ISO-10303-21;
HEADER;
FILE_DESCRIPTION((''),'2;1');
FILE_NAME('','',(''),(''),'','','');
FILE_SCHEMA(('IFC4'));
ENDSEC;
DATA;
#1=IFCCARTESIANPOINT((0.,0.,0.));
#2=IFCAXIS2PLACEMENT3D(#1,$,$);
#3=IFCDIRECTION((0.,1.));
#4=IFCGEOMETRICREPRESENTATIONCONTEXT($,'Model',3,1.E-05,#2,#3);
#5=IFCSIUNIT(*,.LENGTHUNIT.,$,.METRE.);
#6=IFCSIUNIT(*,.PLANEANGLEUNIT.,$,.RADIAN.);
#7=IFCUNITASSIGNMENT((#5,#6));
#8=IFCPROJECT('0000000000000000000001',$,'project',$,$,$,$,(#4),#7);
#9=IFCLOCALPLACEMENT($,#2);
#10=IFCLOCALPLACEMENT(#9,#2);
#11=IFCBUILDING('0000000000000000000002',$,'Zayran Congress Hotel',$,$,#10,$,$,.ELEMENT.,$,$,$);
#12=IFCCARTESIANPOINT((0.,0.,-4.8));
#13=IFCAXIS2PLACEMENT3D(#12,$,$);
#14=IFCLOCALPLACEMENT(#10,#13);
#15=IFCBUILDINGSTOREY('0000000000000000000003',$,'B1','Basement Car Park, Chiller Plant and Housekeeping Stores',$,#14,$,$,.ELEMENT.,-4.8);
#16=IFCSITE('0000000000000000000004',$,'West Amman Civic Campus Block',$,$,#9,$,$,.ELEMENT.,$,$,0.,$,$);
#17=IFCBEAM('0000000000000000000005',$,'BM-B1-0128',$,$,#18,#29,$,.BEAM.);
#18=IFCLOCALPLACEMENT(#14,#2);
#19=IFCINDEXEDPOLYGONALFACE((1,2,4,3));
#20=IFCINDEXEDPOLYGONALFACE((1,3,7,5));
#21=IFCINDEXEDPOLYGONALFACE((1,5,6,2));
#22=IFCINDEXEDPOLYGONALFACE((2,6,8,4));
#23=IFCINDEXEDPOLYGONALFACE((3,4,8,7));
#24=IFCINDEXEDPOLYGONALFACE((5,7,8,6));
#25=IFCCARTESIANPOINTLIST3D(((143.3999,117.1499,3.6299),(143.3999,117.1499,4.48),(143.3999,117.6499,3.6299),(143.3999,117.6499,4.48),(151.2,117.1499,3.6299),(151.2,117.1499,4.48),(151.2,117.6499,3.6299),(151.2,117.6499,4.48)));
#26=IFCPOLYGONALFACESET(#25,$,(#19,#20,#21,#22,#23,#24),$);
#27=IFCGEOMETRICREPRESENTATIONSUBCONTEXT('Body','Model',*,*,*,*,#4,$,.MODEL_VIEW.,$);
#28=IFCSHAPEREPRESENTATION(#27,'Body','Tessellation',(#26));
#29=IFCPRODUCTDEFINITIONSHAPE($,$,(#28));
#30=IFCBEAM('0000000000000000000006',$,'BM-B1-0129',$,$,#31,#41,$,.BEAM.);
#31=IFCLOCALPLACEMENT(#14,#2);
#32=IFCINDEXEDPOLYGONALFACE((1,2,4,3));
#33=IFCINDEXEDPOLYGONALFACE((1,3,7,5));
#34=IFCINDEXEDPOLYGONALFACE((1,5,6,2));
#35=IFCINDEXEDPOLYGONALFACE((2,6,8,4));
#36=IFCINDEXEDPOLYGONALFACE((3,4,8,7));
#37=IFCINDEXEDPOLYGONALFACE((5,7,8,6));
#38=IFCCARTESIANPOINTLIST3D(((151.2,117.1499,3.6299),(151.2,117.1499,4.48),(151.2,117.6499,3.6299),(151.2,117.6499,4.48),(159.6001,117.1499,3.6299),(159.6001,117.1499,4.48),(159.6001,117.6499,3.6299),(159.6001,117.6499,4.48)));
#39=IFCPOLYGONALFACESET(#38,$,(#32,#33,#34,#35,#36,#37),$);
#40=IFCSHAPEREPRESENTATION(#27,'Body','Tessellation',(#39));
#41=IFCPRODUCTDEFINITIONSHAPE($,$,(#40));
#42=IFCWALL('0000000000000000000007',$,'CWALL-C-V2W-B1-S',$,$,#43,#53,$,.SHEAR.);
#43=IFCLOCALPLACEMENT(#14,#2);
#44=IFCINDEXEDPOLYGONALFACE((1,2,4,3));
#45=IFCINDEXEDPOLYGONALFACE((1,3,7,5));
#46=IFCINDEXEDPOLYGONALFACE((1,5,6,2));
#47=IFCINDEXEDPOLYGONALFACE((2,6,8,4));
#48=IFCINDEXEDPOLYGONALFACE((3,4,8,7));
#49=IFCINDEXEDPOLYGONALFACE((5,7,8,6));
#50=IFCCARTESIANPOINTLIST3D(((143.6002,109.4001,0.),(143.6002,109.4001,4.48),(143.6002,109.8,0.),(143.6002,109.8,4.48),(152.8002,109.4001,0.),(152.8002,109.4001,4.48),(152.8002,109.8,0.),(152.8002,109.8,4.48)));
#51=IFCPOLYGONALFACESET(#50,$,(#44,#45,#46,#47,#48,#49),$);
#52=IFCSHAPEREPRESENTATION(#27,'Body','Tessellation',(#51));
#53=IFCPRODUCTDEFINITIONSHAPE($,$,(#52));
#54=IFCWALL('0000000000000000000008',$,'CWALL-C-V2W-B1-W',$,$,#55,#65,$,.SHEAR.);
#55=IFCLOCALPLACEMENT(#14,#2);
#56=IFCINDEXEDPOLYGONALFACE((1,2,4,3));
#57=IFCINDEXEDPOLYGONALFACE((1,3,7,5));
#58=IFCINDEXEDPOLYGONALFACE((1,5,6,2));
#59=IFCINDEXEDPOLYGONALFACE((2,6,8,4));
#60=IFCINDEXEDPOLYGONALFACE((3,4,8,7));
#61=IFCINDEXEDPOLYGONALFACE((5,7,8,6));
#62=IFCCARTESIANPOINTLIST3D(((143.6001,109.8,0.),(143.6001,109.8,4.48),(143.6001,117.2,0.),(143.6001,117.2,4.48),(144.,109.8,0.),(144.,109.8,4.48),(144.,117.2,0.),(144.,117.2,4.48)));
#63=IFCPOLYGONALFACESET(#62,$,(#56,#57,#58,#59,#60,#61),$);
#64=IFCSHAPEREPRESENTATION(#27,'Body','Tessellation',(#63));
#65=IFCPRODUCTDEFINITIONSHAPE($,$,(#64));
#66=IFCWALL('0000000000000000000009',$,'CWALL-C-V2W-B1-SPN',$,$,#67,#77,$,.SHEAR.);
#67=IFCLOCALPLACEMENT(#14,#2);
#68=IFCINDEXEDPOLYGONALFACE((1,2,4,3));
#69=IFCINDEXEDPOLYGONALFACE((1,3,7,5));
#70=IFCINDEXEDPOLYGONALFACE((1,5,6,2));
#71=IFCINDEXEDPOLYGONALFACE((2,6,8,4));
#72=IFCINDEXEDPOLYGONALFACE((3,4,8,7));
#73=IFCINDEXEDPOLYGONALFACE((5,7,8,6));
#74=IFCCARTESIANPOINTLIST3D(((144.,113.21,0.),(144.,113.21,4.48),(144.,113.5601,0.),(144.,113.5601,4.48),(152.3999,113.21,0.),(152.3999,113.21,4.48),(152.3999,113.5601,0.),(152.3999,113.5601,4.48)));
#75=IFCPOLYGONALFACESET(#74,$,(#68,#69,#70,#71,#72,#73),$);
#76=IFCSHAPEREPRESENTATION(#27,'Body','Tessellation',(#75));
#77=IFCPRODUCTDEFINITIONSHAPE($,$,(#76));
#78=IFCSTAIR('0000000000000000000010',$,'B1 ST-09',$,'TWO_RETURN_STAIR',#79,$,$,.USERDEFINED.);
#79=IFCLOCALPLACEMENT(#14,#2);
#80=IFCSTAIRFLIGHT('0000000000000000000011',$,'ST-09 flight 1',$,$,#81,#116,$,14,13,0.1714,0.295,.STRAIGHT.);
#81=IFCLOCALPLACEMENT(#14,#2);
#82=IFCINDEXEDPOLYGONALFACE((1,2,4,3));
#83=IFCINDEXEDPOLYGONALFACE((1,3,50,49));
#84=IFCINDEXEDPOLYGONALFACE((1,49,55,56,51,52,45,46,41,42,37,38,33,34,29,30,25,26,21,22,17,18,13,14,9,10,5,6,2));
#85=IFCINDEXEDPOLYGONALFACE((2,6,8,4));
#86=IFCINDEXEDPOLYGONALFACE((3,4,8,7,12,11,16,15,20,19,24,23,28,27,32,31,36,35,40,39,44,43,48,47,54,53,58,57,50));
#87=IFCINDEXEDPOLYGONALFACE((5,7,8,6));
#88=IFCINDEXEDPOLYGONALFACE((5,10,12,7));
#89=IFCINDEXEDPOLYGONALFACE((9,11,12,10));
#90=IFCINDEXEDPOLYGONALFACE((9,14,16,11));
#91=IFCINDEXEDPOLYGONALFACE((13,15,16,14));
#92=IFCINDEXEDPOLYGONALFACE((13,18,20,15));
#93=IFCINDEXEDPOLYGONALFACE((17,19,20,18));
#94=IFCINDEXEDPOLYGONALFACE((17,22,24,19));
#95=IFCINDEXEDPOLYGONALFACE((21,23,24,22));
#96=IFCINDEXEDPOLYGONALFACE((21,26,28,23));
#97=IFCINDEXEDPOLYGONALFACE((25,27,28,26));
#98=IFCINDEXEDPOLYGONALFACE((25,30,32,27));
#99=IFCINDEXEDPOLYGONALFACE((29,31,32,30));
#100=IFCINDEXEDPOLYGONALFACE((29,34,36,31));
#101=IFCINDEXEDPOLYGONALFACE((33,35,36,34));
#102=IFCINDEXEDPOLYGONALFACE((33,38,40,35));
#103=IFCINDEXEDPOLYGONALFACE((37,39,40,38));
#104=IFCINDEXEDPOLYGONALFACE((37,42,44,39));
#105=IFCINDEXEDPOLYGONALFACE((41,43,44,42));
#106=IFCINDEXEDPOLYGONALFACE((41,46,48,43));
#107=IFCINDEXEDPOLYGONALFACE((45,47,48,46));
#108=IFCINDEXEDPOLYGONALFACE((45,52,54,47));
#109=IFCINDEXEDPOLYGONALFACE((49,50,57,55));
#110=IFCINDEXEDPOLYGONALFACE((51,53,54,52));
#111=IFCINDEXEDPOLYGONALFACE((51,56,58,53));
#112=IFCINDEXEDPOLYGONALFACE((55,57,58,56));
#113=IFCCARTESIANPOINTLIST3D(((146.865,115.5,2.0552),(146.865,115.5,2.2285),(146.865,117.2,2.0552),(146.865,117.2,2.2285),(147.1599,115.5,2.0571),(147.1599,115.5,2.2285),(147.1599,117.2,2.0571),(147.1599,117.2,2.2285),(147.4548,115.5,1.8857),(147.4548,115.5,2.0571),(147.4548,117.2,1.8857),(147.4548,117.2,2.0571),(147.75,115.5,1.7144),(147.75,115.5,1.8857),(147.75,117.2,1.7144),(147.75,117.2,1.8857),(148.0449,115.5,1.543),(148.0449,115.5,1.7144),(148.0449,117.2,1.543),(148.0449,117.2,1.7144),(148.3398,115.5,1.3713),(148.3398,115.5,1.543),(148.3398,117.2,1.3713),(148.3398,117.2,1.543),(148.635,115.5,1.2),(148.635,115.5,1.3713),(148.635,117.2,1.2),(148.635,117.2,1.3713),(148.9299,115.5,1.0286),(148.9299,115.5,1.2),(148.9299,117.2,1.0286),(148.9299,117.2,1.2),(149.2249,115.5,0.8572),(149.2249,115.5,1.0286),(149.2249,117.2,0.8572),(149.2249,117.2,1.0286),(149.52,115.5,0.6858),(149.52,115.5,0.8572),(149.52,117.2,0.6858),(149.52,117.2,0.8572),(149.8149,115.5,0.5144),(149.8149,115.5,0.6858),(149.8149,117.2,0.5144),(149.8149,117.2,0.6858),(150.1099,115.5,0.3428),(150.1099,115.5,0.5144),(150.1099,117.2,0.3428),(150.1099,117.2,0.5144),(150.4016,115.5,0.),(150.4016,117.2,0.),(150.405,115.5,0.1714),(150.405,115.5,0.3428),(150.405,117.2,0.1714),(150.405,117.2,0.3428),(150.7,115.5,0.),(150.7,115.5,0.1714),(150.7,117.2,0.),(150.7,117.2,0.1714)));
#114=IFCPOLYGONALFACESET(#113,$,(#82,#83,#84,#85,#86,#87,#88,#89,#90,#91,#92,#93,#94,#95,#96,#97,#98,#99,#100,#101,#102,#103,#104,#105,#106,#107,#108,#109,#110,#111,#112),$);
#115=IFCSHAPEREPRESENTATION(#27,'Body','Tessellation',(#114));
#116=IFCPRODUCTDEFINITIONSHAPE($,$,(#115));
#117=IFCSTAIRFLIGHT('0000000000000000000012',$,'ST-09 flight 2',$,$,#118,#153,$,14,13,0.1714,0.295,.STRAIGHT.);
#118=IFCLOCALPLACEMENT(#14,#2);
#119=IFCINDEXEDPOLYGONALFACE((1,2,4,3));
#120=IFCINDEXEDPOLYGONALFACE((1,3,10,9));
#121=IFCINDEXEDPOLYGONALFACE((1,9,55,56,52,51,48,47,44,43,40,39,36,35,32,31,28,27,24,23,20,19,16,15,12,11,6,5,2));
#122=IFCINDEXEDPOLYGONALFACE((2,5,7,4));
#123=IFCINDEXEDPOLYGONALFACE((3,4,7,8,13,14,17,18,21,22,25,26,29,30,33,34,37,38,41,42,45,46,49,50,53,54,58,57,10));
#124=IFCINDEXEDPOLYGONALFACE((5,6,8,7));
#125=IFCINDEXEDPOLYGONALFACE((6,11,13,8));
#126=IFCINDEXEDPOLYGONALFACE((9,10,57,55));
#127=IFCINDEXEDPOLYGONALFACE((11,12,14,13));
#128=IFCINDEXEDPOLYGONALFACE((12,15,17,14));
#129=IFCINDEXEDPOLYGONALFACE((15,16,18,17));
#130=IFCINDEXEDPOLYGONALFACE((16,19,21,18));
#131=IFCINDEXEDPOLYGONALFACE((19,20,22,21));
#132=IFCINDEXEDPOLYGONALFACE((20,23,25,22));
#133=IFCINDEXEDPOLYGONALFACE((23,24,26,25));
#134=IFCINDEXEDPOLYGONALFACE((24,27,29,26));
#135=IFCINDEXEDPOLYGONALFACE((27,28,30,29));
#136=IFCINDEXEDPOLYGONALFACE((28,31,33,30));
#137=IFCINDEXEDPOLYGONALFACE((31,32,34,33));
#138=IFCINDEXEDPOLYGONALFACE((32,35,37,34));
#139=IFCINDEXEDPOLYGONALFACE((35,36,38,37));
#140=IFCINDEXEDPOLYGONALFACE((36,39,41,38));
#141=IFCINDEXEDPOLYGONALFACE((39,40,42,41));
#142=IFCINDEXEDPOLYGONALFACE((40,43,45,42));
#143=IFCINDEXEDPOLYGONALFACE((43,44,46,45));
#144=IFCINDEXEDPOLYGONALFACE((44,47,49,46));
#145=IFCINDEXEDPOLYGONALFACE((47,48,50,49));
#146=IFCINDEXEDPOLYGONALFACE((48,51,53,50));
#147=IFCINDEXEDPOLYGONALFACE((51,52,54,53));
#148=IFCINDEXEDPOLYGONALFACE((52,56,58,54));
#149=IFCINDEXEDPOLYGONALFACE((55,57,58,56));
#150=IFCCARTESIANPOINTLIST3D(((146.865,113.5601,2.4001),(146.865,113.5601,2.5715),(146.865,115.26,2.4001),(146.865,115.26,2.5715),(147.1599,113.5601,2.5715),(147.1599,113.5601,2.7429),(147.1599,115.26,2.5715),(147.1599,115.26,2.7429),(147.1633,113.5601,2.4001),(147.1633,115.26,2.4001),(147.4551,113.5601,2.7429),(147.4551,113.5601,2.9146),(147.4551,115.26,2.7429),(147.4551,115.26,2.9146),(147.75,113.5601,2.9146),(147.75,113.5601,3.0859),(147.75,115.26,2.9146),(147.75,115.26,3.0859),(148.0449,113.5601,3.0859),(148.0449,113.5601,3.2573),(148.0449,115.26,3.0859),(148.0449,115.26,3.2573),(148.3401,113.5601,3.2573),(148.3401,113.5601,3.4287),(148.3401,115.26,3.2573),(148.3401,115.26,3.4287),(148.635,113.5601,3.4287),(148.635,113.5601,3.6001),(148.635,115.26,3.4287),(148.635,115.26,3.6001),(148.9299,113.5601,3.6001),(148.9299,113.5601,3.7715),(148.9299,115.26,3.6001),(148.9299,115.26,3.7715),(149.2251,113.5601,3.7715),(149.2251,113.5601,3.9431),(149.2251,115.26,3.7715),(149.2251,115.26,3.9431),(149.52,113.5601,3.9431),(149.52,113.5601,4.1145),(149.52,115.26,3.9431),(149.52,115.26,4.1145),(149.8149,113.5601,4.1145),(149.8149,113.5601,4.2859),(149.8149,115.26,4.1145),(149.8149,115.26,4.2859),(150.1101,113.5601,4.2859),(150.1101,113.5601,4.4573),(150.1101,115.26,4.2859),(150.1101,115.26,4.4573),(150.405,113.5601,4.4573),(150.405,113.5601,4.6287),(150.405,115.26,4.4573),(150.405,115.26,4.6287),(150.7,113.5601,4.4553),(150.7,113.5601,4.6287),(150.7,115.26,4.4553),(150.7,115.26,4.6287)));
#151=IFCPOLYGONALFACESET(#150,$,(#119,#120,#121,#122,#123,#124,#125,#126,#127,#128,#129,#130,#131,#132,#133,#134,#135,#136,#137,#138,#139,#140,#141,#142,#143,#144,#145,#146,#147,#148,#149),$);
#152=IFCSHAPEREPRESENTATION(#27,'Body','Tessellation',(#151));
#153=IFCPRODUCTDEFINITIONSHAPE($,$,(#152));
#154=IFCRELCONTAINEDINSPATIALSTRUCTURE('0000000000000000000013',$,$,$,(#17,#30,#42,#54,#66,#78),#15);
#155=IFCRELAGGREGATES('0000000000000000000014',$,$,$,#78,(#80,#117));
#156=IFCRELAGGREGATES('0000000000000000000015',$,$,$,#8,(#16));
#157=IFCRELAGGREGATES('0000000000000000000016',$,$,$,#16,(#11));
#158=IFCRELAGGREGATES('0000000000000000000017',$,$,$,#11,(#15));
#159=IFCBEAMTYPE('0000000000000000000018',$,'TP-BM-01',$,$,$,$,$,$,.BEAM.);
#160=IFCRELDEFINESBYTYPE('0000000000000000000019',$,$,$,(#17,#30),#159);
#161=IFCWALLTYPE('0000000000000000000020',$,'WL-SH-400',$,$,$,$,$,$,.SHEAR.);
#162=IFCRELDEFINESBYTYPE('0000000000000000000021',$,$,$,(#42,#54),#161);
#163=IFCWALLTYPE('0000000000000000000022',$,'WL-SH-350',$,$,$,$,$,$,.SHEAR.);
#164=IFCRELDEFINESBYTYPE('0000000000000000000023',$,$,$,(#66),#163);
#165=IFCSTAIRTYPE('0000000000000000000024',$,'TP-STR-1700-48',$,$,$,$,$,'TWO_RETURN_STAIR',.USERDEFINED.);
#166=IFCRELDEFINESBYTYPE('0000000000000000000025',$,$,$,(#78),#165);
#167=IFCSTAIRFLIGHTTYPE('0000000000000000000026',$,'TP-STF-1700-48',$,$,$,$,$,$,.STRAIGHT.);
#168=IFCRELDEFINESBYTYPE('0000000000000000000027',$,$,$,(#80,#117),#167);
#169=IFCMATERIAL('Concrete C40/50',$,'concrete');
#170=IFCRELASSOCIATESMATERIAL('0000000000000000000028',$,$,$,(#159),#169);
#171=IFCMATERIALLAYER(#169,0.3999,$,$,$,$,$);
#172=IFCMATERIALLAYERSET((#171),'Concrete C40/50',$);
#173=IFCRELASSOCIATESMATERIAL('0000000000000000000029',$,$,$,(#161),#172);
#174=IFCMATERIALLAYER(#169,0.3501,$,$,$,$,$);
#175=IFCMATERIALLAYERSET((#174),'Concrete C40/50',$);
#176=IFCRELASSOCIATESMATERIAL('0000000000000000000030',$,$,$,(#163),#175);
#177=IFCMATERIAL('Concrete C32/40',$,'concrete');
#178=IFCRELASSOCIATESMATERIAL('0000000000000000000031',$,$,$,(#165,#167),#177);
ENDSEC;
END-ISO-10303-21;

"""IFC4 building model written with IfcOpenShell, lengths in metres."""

from ifc_helpers import new_model, si_unit, direction, frame, frame_2d, origin, origin_2d, place, context, subcontext, project, spatial, polyline, rectangle, outline, extrude, material, layer, layer_set, material_profile, profile_set, type_object, element, aggregate, save


model = new_model("IFC4")

# Units and contexts
model_context = context("Model", 3, precision=1e-05, world=origin(), true_north=direction((0.0, 1.0)))
body_context = subcontext(model_context, "Body", "Model", "MODEL_VIEW")
ifc_project = project(units=[si_unit("LENGTHUNIT", "METRE"), si_unit("PLANEANGLEUNIT", "RADIAN")], contexts=[model_context])

# Site, building, storey
site_placement = place(None, origin())
site = spatial("IfcSite", under=ifc_project, at=site_placement, Name="West Amman Civic Campus Block", CompositionType="ELEMENT", RefElevation=0.0)
building_placement = place(site_placement, origin())
building = spatial("IfcBuilding", under=site, at=building_placement, Name="Zayran Congress Hotel", CompositionType="ELEMENT")
storey_placement = place(building_placement, frame((0.0, 0.0, -4.8)))
storey = spatial("IfcBuildingStorey", under=building, at=storey_placement, Name="B1", Description="Basement Car Park, Chiller Plant and Housekeeping Stores", CompositionType="ELEMENT", Elevation=-4.8)

# Shared definitions
ifc_material_1 = material(Name="Concrete C40/50", Category="concrete")

# Beams
ifc_material_profile_1 = material_profile(ifc_material_1, rectangle(XDim=0.5, YDim=0.8501, at=origin_2d()), Name="RC 500x850")
ifc_profile_set_1 = profile_set([ifc_material_profile_1], Name="Concrete C40/50")
beam_type = type_object("IfcBeamType", Name="TP-BM-01", PredefinedType="BEAM", material=ifc_profile_set_1)
beam_1_placement = place(storey_placement, frame((143.3999, 117.3999, 4.0549), z_axis=(1.0, 0.0, 0.0), x_axis=(0.0, 1.0, 0.0)))
element("IfcBeam", 1, at=beam_1_placement, inside=storey, type_object=beam_type, Name="BM-B1-0128", PredefinedType="BEAM", context=body_context, shape_type="SweptSolid", body=[
    extrude(rectangle(XDim=0.5, YDim=0.8501, at=origin_2d()), origin(), (0.0, 0.0, 1.0), 7.8),
])
beam_2_placement = place(storey_placement, frame((151.2, 117.3999, 4.0549), z_axis=(1.0, 0.0, 0.0), x_axis=(0.0, 1.0, 0.0)))
element("IfcBeam", 2, at=beam_2_placement, inside=storey, type_object=beam_type, Name="BM-B1-0129", PredefinedType="BEAM", context=body_context, shape_type="SweptSolid", body=[
    extrude(rectangle(XDim=0.5, YDim=0.8501, at=origin_2d()), origin(), (0.0, 0.0, 1.0), 8.4001),
])

# Walls
ifc_layer_1 = layer(ifc_material_1, 0.3999)
ifc_layer_set_1 = layer_set([ifc_layer_1], Name="Concrete C40/50")
wall_type_1 = type_object("IfcWallType", Name="WL-SH-400", PredefinedType="SHEAR", material=ifc_layer_set_1)
wall_1_placement = place(storey_placement, frame((143.6001, 109.6001, 0.0), z_axis=(0.0, 0.0, 1.0), x_axis=(1.0, 0.0, 0.0)))
element("IfcWall", 3, at=wall_1_placement, inside=storey, type_object=wall_type_1, Name="CWALL-C-V2W-B1-S", PredefinedType="SHEAR", context=body_context, shape_type="SweptSolid", body=[
    extrude(rectangle(XDim=9.2, YDim=0.3999, at=frame_2d((4.6001, 0.0))), origin(), (0.0, 0.0, 1.0), 4.48),
])
wall_2_placement = place(storey_placement, frame((143.8, 117.2, 0.0), z_axis=(0.0, 0.0, 1.0), x_axis=(0.0, -1.0, 0.0)))
element("IfcWall", 4, at=wall_2_placement, inside=storey, type_object=wall_type_1, Name="CWALL-C-V2W-B1-W", PredefinedType="SHEAR", context=body_context, shape_type="SweptSolid", body=[
    extrude(rectangle(XDim=7.3999, YDim=0.3999, at=frame_2d((3.7, 0.0))), origin(), (0.0, 0.0, 1.0), 4.48),
])
ifc_layer_2 = layer(ifc_material_1, 0.3501)
ifc_layer_set_2 = layer_set([ifc_layer_2], Name="Concrete C40/50")
wall_type_2 = type_object("IfcWallType", Name="WL-SH-350", PredefinedType="SHEAR", material=ifc_layer_set_2)
wall_3_placement = place(storey_placement, frame((144.0, 113.385, 0.0), z_axis=(0.0, 0.0, 1.0), x_axis=(1.0, 0.0, 0.0)))
element("IfcWall", 5, at=wall_3_placement, inside=storey, type_object=wall_type_2, Name="CWALL-C-V2W-B1-SPN", PredefinedType="SHEAR", context=body_context, shape_type="SweptSolid", body=[
    extrude(rectangle(XDim=8.3999, YDim=0.3501, at=frame_2d((4.2, 0.0))), origin(), (0.0, 0.0, 1.0), 4.48),
])

# Stair, stair flights
ifc_material_2 = material(Name="Concrete C32/40", Category="concrete")
stair_type = type_object("IfcStairType", Name="TP-STR-1700-48", ElementType="TWO_RETURN_STAIR", PredefinedType="USERDEFINED", material=ifc_material_2)
stair_placement = place(storey_placement, origin())
stair = element("IfcStair", 6, at=stair_placement, inside=storey, type_object=stair_type, Name="B1 ST-09", ObjectType="TWO_RETURN_STAIR", PredefinedType="USERDEFINED")
stair_flight_type = type_object("IfcStairFlightType", Name="TP-STF-1700-48", PredefinedType="STRAIGHT", material=ifc_material_2)
stair_flight_1_placement = place(storey_placement, frame((150.7, 116.3501, 0.0), z_axis=(0.0, 0.0, 1.0), x_axis=(-1.0, 0.0, 0.0)))
stair_flight_1 = element("IfcStairFlight", 7, at=stair_flight_1_placement, type_object=stair_flight_type, Name="ST-09 flight 1", NumberOfRisers=14, NumberOfTreads=13, PredefinedType="STRAIGHT", RiserHeight=0.1714, TreadLength=0.295, context=body_context, shape_type="SweptSolid", body=[
    extrude(outline(polyline([(0.0, 0.0), (0.0, 0.1714), (0.2949, 0.1714), (0.2949, 0.3428), (0.5901, 0.3428), (0.5901, 0.5144), (0.885, 0.5144), (0.885, 0.6858), (1.1799, 0.6858), (1.1799, 0.8572), (1.4751, 0.8572), (1.4751, 1.0286), (1.77, 1.0286), (1.77, 1.2), (2.0649, 1.2), (2.0649, 1.3713), (2.3601, 1.3713), (2.3601, 1.543), (2.655, 1.543), (2.655, 1.7144), (2.95, 1.7144), (2.95, 1.8857), (3.2451, 1.8857), (3.2451, 2.0571), (3.54, 2.0571), (3.54, 2.2285), (3.835, 2.2285), (3.835, 2.3999), (3.835, 2.0552), (0.2983, 0.0), (0.0, 0.0)])), frame((0.0, 0.8501, 0.0), z_axis=(0.0, -1.0, 0.0), x_axis=(1.0, 0.0, 0.0)), (0.0, 0.0, 1.0), 1.7),
])
stair_flight_2_placement = place(storey_placement, frame((146.865, 114.4099, 2.4001), z_axis=(0.0, 0.0, 1.0), x_axis=(1.0, 0.0, 0.0)))
stair_flight_2 = element("IfcStairFlight", 8, at=stair_flight_2_placement, type_object=stair_flight_type, Name="ST-09 flight 2", NumberOfRisers=14, NumberOfTreads=13, PredefinedType="STRAIGHT", RiserHeight=0.1714, TreadLength=0.295, context=body_context, shape_type="SweptSolid", body=[
    extrude(outline(polyline([(0.0, 0.0), (0.0, 0.1714), (0.2949, 0.1714), (0.2949, 0.3428), (0.5901, 0.3428), (0.5901, 0.5144), (0.885, 0.5144), (0.885, 0.6858), (1.1799, 0.6858), (1.1799, 0.8572), (1.4751, 0.8572), (1.4751, 1.0286), (1.77, 1.0286), (1.77, 1.2), (2.0649, 1.2), (2.0649, 1.3713), (2.3601, 1.3713), (2.3601, 1.543), (2.655, 1.543), (2.655, 1.7144), (2.95, 1.7144), (2.95, 1.8857), (3.2451, 1.8857), (3.2451, 2.0571), (3.54, 2.0571), (3.54, 2.2285), (3.835, 2.2285), (3.835, 2.3999), (3.835, 2.0552), (0.2983, 0.0), (0.0, 0.0)])), frame((0.0, 0.8501, 0.0), z_axis=(0.0, -1.0, 0.0), x_axis=(1.0, 0.0, 0.0)), (0.0, 0.0, 1.0), 1.7),
])
aggregate(stair, [stair_flight_1, stair_flight_2])

save(model, "model.ifc")
